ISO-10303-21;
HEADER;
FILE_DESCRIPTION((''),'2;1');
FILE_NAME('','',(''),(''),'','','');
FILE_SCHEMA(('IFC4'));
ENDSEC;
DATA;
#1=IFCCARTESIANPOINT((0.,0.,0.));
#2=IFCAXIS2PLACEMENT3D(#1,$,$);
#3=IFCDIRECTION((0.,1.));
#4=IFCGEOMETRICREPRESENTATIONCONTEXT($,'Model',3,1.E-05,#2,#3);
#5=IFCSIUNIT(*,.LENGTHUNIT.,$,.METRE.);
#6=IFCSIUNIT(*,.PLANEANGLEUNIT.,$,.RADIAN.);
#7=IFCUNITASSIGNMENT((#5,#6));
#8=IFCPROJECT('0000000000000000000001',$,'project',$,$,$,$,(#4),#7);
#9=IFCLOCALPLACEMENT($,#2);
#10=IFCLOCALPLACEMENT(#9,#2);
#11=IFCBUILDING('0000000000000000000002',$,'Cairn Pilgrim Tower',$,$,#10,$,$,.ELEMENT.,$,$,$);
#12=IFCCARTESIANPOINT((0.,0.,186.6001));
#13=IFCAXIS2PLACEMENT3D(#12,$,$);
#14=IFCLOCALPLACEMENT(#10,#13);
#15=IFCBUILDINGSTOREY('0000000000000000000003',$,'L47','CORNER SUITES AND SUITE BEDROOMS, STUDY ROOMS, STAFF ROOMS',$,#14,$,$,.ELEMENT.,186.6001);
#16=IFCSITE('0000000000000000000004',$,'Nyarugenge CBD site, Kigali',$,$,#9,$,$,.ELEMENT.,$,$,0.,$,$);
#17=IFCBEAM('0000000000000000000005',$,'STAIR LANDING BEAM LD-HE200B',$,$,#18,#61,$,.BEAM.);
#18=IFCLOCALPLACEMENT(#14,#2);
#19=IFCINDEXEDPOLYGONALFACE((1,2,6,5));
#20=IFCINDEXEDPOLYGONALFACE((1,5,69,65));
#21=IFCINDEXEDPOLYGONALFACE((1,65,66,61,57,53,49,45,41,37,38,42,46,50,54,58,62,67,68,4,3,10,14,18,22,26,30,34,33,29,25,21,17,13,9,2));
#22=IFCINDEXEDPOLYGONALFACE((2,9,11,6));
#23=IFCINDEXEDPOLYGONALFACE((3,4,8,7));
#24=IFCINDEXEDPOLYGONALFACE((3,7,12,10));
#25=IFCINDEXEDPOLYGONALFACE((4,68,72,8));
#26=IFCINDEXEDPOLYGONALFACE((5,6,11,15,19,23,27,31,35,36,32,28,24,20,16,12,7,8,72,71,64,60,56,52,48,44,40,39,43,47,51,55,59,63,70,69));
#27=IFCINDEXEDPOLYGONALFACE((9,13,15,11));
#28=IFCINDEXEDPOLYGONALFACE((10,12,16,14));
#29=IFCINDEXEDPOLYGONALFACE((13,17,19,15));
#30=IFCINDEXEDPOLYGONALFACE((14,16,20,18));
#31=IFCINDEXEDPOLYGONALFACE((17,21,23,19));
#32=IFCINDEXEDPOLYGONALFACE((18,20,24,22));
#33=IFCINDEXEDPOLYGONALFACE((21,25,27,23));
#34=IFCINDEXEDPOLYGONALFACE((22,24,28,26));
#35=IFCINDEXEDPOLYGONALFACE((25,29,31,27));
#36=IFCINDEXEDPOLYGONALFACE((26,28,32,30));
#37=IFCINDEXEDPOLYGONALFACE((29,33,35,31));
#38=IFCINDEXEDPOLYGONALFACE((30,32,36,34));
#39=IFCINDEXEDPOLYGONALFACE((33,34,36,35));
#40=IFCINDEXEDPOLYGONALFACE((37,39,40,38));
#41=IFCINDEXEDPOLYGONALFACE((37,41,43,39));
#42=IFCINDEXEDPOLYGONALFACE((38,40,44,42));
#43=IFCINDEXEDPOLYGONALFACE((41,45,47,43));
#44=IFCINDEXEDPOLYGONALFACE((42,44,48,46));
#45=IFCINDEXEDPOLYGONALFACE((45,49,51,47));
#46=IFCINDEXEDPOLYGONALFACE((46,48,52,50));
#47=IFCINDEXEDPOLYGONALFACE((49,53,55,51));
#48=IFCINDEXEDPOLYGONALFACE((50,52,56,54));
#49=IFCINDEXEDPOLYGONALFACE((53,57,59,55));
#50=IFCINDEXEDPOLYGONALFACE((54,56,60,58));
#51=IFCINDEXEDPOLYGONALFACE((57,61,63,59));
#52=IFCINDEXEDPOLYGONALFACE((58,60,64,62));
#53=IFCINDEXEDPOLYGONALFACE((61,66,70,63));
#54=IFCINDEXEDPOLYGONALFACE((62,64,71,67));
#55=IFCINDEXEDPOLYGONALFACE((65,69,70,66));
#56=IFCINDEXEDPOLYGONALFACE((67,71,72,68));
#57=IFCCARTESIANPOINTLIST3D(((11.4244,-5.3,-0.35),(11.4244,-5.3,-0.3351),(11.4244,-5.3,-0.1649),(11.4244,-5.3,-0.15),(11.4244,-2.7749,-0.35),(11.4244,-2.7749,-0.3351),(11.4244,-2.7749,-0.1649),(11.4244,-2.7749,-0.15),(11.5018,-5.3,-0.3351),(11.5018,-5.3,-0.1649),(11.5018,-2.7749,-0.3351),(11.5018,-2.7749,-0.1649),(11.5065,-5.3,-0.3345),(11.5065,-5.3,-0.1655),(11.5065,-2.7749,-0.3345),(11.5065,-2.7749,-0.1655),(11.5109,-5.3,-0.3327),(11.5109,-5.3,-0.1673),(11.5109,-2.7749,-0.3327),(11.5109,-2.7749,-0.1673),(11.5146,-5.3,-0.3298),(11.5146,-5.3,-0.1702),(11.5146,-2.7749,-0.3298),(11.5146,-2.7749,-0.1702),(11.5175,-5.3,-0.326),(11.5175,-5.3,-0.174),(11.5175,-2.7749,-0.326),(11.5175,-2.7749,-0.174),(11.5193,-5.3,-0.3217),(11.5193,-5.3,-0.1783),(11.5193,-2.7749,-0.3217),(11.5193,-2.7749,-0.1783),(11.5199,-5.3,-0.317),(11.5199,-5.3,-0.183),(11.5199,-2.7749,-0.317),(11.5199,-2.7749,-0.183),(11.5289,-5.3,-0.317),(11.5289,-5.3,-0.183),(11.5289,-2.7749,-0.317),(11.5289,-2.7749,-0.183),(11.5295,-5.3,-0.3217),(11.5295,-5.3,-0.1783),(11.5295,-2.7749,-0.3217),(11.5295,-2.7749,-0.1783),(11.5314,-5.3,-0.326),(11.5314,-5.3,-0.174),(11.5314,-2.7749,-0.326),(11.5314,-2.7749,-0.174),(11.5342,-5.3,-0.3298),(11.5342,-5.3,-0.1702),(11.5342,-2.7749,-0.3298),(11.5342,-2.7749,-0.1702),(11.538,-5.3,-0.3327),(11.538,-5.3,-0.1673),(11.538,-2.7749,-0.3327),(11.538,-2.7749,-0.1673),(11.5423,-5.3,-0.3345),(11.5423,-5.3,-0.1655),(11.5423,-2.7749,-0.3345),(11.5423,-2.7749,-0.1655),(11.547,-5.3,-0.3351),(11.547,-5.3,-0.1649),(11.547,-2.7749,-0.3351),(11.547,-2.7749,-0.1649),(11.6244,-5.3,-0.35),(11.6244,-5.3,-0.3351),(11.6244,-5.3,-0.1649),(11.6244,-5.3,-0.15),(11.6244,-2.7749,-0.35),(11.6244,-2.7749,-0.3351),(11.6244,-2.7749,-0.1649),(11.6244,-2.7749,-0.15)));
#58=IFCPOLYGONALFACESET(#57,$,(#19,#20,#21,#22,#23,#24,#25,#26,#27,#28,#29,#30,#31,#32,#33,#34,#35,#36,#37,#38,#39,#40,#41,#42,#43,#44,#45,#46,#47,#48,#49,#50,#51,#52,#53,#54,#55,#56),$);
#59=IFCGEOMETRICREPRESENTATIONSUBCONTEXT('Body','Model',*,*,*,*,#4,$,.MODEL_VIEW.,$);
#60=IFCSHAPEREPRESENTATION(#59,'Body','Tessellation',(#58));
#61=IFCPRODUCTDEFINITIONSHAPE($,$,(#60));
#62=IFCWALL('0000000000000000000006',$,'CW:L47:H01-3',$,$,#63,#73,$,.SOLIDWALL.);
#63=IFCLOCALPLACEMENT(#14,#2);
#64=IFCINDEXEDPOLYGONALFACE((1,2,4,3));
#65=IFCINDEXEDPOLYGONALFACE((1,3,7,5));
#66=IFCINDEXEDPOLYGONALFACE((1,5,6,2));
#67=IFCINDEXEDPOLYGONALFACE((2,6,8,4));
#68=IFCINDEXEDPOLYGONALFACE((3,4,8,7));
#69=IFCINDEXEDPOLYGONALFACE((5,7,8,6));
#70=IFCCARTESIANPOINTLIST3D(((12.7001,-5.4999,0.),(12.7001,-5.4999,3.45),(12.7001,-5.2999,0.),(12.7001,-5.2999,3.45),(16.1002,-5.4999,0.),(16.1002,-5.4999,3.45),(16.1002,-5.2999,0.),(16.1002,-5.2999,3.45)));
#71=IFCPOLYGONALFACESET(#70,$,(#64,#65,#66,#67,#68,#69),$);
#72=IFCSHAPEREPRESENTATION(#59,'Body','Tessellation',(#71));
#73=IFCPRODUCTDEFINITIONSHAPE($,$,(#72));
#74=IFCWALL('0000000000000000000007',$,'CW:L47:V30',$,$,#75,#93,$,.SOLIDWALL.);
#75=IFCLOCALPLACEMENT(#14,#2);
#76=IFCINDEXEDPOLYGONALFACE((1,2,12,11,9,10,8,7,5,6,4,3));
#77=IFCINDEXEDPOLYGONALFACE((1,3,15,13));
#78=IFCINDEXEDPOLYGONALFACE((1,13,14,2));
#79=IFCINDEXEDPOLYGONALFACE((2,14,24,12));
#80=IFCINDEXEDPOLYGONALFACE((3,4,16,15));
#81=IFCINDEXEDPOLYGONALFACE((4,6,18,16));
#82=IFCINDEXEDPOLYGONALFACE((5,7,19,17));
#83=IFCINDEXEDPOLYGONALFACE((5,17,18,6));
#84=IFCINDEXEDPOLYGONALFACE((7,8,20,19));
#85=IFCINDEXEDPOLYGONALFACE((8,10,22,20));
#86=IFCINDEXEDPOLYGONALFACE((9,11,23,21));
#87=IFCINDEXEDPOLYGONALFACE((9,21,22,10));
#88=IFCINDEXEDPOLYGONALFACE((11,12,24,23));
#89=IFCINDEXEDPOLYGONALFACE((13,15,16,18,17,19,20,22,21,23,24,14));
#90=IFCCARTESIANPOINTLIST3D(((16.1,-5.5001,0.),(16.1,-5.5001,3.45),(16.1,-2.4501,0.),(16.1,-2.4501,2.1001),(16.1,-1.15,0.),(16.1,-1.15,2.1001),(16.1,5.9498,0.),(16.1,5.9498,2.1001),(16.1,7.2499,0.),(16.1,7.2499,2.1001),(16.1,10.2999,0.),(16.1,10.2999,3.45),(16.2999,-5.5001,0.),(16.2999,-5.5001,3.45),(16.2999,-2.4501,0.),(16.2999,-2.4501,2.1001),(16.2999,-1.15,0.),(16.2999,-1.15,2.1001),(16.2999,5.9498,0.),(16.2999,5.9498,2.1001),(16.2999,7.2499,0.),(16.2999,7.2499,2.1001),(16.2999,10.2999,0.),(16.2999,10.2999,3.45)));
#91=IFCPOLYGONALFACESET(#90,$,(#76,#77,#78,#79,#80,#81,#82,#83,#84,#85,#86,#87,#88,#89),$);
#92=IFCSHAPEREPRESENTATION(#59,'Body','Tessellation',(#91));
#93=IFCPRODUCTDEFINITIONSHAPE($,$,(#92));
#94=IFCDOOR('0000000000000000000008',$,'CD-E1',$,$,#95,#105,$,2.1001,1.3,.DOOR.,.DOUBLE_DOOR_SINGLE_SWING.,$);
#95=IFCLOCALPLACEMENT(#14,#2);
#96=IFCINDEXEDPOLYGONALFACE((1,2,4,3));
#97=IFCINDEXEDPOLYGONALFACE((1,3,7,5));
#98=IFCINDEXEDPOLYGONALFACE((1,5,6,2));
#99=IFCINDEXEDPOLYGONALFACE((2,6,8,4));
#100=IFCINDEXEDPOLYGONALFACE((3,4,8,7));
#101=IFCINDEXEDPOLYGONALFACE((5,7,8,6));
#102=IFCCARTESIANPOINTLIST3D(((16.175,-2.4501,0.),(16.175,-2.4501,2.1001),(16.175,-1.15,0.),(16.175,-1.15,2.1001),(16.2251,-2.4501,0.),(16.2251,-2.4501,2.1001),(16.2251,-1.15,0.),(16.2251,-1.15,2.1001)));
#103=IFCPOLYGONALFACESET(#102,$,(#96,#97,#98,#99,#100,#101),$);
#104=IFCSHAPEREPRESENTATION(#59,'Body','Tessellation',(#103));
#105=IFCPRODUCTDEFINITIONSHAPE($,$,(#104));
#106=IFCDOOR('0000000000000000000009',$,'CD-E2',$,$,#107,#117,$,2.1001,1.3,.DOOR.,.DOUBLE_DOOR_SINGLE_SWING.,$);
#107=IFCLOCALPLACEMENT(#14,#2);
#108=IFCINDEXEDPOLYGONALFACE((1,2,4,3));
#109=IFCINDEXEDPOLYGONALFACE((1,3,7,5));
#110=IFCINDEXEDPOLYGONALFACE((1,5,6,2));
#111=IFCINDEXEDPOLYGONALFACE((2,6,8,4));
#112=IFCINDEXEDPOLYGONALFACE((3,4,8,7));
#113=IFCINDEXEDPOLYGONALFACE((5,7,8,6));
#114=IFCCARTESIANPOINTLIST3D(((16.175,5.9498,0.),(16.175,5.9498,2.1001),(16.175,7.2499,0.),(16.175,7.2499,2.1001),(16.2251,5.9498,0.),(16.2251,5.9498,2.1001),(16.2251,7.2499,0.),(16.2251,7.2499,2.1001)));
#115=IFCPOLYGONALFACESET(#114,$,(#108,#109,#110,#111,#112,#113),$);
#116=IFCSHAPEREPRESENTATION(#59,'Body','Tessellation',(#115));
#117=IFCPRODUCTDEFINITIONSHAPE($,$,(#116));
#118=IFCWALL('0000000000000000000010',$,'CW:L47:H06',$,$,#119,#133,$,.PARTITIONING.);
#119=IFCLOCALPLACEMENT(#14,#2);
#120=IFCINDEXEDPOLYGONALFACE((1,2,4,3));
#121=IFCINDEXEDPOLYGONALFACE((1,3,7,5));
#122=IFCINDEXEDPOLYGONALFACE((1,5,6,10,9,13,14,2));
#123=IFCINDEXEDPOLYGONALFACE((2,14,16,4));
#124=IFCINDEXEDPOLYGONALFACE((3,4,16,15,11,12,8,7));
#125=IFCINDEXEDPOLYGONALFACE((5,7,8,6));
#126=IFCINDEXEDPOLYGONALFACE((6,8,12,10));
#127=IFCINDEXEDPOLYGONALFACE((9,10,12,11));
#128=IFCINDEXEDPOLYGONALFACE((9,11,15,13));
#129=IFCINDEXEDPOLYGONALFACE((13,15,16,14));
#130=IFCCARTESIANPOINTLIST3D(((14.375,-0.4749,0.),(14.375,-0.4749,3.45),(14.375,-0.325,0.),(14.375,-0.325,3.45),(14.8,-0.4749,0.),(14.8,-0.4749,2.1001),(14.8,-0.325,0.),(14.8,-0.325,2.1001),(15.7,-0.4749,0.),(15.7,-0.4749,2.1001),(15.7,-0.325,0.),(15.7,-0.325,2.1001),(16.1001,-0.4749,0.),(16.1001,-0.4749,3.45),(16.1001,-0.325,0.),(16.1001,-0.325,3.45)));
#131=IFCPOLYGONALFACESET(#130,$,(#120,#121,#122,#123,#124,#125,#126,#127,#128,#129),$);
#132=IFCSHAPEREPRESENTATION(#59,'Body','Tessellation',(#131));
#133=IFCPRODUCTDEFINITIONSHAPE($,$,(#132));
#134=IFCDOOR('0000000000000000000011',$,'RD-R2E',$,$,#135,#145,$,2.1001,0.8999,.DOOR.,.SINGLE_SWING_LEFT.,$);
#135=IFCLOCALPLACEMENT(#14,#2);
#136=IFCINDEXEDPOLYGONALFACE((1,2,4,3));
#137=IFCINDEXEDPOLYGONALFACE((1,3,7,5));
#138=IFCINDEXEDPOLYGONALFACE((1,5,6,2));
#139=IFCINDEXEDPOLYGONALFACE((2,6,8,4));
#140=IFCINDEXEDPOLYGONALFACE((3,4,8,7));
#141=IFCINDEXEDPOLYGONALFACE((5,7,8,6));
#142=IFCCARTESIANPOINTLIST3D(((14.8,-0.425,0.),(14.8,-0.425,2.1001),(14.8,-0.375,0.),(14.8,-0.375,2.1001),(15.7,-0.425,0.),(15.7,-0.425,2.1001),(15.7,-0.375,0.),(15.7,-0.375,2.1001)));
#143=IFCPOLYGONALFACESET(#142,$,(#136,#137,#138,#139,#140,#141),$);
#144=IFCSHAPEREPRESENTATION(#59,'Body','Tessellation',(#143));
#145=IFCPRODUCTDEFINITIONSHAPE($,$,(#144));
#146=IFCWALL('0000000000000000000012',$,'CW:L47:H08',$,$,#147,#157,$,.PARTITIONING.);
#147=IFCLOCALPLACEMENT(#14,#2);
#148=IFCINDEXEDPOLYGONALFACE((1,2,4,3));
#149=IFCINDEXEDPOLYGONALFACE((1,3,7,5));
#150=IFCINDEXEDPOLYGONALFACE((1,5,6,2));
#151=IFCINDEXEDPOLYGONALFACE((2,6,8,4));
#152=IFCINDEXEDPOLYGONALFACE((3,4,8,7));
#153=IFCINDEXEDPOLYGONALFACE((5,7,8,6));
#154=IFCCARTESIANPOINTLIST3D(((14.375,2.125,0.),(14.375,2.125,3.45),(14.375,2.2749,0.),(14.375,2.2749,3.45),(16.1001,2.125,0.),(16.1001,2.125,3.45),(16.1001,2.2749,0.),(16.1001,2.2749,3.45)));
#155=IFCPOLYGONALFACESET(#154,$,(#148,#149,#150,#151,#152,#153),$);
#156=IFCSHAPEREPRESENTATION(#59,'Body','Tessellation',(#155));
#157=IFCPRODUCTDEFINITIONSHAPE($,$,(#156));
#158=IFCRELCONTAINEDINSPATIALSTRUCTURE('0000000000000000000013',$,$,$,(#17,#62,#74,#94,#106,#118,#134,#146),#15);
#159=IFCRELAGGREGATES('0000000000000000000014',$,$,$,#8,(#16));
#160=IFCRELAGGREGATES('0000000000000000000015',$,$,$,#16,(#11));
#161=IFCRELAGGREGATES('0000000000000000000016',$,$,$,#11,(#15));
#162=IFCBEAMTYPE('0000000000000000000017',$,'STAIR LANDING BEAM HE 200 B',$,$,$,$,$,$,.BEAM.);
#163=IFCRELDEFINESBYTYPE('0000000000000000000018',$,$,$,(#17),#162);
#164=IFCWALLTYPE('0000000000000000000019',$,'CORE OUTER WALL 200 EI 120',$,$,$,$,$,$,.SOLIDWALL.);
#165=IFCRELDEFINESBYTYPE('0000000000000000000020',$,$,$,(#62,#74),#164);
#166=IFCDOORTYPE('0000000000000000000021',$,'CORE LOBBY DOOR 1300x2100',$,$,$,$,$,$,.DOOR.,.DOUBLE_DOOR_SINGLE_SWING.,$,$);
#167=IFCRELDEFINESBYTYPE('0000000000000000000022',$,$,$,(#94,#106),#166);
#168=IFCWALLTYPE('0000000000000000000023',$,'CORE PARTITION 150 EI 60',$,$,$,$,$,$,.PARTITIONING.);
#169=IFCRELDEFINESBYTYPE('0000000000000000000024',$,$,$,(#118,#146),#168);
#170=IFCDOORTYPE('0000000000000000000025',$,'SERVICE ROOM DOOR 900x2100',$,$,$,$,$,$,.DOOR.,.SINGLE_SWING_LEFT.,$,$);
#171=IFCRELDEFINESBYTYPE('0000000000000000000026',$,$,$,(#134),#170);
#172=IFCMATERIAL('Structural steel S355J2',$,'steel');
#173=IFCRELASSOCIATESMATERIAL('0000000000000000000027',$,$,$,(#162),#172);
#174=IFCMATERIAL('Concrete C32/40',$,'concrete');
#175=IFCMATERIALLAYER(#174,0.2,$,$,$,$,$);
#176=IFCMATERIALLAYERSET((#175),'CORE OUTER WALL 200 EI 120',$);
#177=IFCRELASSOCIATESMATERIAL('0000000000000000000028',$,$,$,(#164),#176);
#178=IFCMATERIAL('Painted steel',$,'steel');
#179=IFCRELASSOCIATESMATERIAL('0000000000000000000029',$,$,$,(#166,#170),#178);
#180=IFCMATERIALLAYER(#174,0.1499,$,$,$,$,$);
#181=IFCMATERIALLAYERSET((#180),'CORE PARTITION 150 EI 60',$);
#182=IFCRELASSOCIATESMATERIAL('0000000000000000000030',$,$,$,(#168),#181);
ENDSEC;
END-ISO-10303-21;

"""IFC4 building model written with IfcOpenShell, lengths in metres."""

from ifc_helpers import new_model, si_unit, direction, frame, frame_2d, origin, origin_2d, place, context, subcontext, project, spatial, rectangle, i_section, extrude, material, layer, layer_set, material_profile, profile_set, type_object, element, fill, save


model = new_model("IFC4")

# Units and contexts
model_context = context("Model", 3, precision=1e-05, world=origin(), true_north=direction((0.0, 1.0)))
body_context = subcontext(model_context, "Body", "Model", "MODEL_VIEW")
ifc_project = project(units=[si_unit("LENGTHUNIT", "METRE"), si_unit("PLANEANGLEUNIT", "RADIAN")], contexts=[model_context])

# Site, building, storey
site_placement = place(None, origin())
site = spatial("IfcSite", under=ifc_project, at=site_placement, Name="Nyarugenge CBD site, Kigali", CompositionType="ELEMENT", RefElevation=0.0)
building_placement = place(site_placement, origin())
building = spatial("IfcBuilding", under=site, at=building_placement, Name="Cairn Pilgrim Tower", CompositionType="ELEMENT")
storey_placement = place(building_placement, frame((0.0, 0.0, 186.6001)))
storey = spatial("IfcBuildingStorey", under=building, at=storey_placement, Name="L47", Description="CORNER SUITES AND SUITE BEDROOMS, STUDY ROOMS, STAFF ROOMS", CompositionType="ELEMENT", Elevation=186.6001)

# Beam
ifc_material_1 = material(Name="Structural steel S355J2", Category="steel")
ifc_material_profile_1 = material_profile(ifc_material_1, i_section(OverallWidth=0.2, OverallDepth=0.2, WebThickness=0.009, FlangeThickness=0.0149, FilletRadius=0.0181, at=origin_2d()), Name="HE 200 B")
ifc_profile_set_1 = profile_set([ifc_material_profile_1], Name="Structural steel S355J2")
beam_type_1 = type_object("IfcBeamType", Name="STAIR LANDING BEAM HE 200 B", PredefinedType="BEAM", material=ifc_profile_set_1)
beam_1_placement = place(storey_placement, frame((11.5244, -2.7749, -0.25), z_axis=(0.0, -1.0, 0.0), x_axis=(1.0, 0.0, 0.0)))
element("IfcBeam", 1, at=beam_1_placement, inside=storey, type_object=beam_type_1, Name="STAIR LANDING BEAM LD-HE200B", PredefinedType="BEAM", context=body_context, shape_type="SweptSolid", body=[
    extrude(i_section(OverallWidth=0.2, OverallDepth=0.2, WebThickness=0.009, FlangeThickness=0.0149, FilletRadius=0.0181, at=origin_2d()), origin(), (0.0, 0.0, 1.0), 2.5251),
])

# Wall
ifc_material_2 = material(Name="Concrete C32/40", Category="concrete")
ifc_layer_1 = layer(ifc_material_2, 0.2)
ifc_layer_set_1 = layer_set([ifc_layer_1], Name="CORE OUTER WALL 200 EI 120")
wall_type_1 = type_object("IfcWallType", Name="CORE OUTER WALL 200 EI 120", PredefinedType="SOLIDWALL", material=ifc_layer_set_1)
wall_1_placement = place(storey_placement, frame((12.7, -5.3999, 0.0), z_axis=(0.0, 0.0, 1.0), x_axis=(1.0, 0.0, 0.0)))
element("IfcWall", 2, at=wall_1_placement, inside=storey, type_object=wall_type_1, Name="CW:L47:H01-3", PredefinedType="SOLIDWALL", context=body_context, shape_type="SweptSolid", body=[
    extrude(rectangle(XDim=3.4001, YDim=0.2, at=frame_2d((1.7002, 0.0))), origin(), (0.0, 0.0, 1.0), 3.45),
])

# Wall, openings, doors
wall_2_placement = place(storey_placement, frame((16.2, -5.5, 0.0), z_axis=(0.0, 0.0, 1.0), x_axis=(0.0, 1.0, 0.0)))
wall_2 = element("IfcWall", 3, at=wall_2_placement, inside=storey, type_object=wall_type_1, Name="CW:L47:V30", PredefinedType="SOLIDWALL", context=body_context, shape_type="SweptSolid", body=[
    extrude(rectangle(XDim=15.8, YDim=0.2, at=frame_2d((7.8999, 0.0))), origin(), (0.0, 0.0, 1.0), 3.45),
])
opening_1_placement = place(wall_2_placement, frame((3.05, 0.0, 0.0)))
opening_1 = element("IfcOpeningElement", 4, at=opening_1_placement, cuts=wall_2, PredefinedType="OPENING", context=body_context, shape_type="SweptSolid", body=[
    extrude(rectangle(XDim=1.3, YDim=2.1001, at=frame_2d((0.6499, 1.05))), frame((0.0, 0.1099, 0.0), z_axis=(0.0, -1.0, 0.0), x_axis=(1.0, 0.0, 0.0)), (0.0, 0.0, 1.0), 0.22),
])
opening_2_placement = place(wall_2_placement, frame((11.45, 0.0, 0.0)))
opening_2 = element("IfcOpeningElement", 5, at=opening_2_placement, cuts=wall_2, PredefinedType="OPENING", context=body_context, shape_type="SweptSolid", body=[
    extrude(rectangle(XDim=1.3, YDim=2.1001, at=frame_2d((0.6499, 1.05))), frame((0.0, 0.1099, 0.0), z_axis=(0.0, -1.0, 0.0), x_axis=(1.0, 0.0, 0.0)), (0.0, 0.0, 1.0), 0.22),
])
ifc_material_3 = material(Name="Painted steel", Category="steel")
door_type_1 = type_object("IfcDoorType", Name="CORE LOBBY DOOR 1300x2100", OperationType="DOUBLE_DOOR_SINGLE_SWING", PredefinedType="DOOR", material=ifc_material_3)
door_1_placement = place(opening_1_placement, origin())
door_1 = element("IfcDoor", 6, at=door_1_placement, inside=storey, type_object=door_type_1, Name="CD-E1", OperationType="DOUBLE_DOOR_SINGLE_SWING", OverallHeight=2.1001, OverallWidth=1.3, PredefinedType="DOOR", context=body_context, shape_type="SweptSolid", body=[
    extrude(rectangle(XDim=1.3, YDim=2.1001, at=frame_2d((0.6499, 1.05))), frame((0.0, 0.0249, 0.0), z_axis=(0.0, -1.0, 0.0), x_axis=(1.0, 0.0, 0.0)), (0.0, 0.0, 1.0), 0.05),
])
fill(opening_1, door_1)
door_2_placement = place(opening_2_placement, origin())
door_2 = element("IfcDoor", 7, at=door_2_placement, inside=storey, type_object=door_type_1, Name="CD-E2", OperationType="DOUBLE_DOOR_SINGLE_SWING", OverallHeight=2.1001, OverallWidth=1.3, PredefinedType="DOOR", context=body_context, shape_type="SweptSolid", body=[
    extrude(rectangle(XDim=1.3, YDim=2.1001, at=frame_2d((0.6499, 1.05))), frame((0.0, 0.0249, 0.0), z_axis=(0.0, -1.0, 0.0), x_axis=(1.0, 0.0, 0.0)), (0.0, 0.0, 1.0), 0.05),
])
fill(opening_2, door_2)

# Wall, opening, door
ifc_layer_2 = layer(ifc_material_2, 0.1499)
ifc_layer_set_2 = layer_set([ifc_layer_2], Name="CORE PARTITION 150 EI 60")
wall_type_2 = type_object("IfcWallType", Name="CORE PARTITION 150 EI 60", PredefinedType="PARTITIONING", material=ifc_layer_set_2)
wall_3_placement = place(storey_placement, frame((14.375, -0.3999, 0.0), z_axis=(0.0, 0.0, 1.0), x_axis=(1.0, 0.0, 0.0)))
wall_3 = element("IfcWall", 8, at=wall_3_placement, inside=storey, type_object=wall_type_2, Name="CW:L47:H06", PredefinedType="PARTITIONING", context=body_context, shape_type="SweptSolid", body=[
    extrude(rectangle(XDim=1.7251, YDim=0.1499, at=frame_2d((0.8625, 0.0))), origin(), (0.0, 0.0, 1.0), 3.45),
])
opening_3_placement = place(wall_3_placement, frame((0.425, 0.0, 0.0)))
opening_3 = element("IfcOpeningElement", 9, at=opening_3_placement, cuts=wall_3, PredefinedType="OPENING", context=body_context, shape_type="SweptSolid", body=[
    extrude(rectangle(XDim=0.8999, YDim=2.1001, at=frame_2d((0.45, 1.05))), frame((0.0, 0.085, 0.0), z_axis=(0.0, -1.0, 0.0), x_axis=(1.0, 0.0, 0.0)), (0.0, 0.0, 1.0), 0.1699),
])
door_type_2 = type_object("IfcDoorType", Name="SERVICE ROOM DOOR 900x2100", OperationType="SINGLE_SWING_LEFT", PredefinedType="DOOR", material=ifc_material_3)
door_3_placement = place(opening_3_placement, origin())
door_3 = element("IfcDoor", 10, at=door_3_placement, inside=storey, type_object=door_type_2, Name="RD-R2E", OperationType="SINGLE_SWING_LEFT", OverallHeight=2.1001, OverallWidth=0.8999, PredefinedType="DOOR", context=body_context, shape_type="SweptSolid", body=[
    extrude(rectangle(XDim=0.8999, YDim=2.1001, at=frame_2d((0.45, 1.05))), frame((0.0, 0.0249, 0.0), z_axis=(0.0, -1.0, 0.0), x_axis=(1.0, 0.0, 0.0)), (0.0, 0.0, 1.0), 0.05),
])
fill(opening_3, door_3)

# Wall
wall_4_placement = place(storey_placement, frame((14.375, 2.2, 0.0), z_axis=(0.0, 0.0, 1.0), x_axis=(1.0, 0.0, 0.0)))
element("IfcWall", 11, at=wall_4_placement, inside=storey, type_object=wall_type_2, Name="CW:L47:H08", PredefinedType="PARTITIONING", context=body_context, shape_type="SweptSolid", body=[
    extrude(rectangle(XDim=1.7251, YDim=0.1499, at=frame_2d((0.8625, 0.0))), origin(), (0.0, 0.0, 1.0), 3.45),
])

save(model, "model.ifc")
